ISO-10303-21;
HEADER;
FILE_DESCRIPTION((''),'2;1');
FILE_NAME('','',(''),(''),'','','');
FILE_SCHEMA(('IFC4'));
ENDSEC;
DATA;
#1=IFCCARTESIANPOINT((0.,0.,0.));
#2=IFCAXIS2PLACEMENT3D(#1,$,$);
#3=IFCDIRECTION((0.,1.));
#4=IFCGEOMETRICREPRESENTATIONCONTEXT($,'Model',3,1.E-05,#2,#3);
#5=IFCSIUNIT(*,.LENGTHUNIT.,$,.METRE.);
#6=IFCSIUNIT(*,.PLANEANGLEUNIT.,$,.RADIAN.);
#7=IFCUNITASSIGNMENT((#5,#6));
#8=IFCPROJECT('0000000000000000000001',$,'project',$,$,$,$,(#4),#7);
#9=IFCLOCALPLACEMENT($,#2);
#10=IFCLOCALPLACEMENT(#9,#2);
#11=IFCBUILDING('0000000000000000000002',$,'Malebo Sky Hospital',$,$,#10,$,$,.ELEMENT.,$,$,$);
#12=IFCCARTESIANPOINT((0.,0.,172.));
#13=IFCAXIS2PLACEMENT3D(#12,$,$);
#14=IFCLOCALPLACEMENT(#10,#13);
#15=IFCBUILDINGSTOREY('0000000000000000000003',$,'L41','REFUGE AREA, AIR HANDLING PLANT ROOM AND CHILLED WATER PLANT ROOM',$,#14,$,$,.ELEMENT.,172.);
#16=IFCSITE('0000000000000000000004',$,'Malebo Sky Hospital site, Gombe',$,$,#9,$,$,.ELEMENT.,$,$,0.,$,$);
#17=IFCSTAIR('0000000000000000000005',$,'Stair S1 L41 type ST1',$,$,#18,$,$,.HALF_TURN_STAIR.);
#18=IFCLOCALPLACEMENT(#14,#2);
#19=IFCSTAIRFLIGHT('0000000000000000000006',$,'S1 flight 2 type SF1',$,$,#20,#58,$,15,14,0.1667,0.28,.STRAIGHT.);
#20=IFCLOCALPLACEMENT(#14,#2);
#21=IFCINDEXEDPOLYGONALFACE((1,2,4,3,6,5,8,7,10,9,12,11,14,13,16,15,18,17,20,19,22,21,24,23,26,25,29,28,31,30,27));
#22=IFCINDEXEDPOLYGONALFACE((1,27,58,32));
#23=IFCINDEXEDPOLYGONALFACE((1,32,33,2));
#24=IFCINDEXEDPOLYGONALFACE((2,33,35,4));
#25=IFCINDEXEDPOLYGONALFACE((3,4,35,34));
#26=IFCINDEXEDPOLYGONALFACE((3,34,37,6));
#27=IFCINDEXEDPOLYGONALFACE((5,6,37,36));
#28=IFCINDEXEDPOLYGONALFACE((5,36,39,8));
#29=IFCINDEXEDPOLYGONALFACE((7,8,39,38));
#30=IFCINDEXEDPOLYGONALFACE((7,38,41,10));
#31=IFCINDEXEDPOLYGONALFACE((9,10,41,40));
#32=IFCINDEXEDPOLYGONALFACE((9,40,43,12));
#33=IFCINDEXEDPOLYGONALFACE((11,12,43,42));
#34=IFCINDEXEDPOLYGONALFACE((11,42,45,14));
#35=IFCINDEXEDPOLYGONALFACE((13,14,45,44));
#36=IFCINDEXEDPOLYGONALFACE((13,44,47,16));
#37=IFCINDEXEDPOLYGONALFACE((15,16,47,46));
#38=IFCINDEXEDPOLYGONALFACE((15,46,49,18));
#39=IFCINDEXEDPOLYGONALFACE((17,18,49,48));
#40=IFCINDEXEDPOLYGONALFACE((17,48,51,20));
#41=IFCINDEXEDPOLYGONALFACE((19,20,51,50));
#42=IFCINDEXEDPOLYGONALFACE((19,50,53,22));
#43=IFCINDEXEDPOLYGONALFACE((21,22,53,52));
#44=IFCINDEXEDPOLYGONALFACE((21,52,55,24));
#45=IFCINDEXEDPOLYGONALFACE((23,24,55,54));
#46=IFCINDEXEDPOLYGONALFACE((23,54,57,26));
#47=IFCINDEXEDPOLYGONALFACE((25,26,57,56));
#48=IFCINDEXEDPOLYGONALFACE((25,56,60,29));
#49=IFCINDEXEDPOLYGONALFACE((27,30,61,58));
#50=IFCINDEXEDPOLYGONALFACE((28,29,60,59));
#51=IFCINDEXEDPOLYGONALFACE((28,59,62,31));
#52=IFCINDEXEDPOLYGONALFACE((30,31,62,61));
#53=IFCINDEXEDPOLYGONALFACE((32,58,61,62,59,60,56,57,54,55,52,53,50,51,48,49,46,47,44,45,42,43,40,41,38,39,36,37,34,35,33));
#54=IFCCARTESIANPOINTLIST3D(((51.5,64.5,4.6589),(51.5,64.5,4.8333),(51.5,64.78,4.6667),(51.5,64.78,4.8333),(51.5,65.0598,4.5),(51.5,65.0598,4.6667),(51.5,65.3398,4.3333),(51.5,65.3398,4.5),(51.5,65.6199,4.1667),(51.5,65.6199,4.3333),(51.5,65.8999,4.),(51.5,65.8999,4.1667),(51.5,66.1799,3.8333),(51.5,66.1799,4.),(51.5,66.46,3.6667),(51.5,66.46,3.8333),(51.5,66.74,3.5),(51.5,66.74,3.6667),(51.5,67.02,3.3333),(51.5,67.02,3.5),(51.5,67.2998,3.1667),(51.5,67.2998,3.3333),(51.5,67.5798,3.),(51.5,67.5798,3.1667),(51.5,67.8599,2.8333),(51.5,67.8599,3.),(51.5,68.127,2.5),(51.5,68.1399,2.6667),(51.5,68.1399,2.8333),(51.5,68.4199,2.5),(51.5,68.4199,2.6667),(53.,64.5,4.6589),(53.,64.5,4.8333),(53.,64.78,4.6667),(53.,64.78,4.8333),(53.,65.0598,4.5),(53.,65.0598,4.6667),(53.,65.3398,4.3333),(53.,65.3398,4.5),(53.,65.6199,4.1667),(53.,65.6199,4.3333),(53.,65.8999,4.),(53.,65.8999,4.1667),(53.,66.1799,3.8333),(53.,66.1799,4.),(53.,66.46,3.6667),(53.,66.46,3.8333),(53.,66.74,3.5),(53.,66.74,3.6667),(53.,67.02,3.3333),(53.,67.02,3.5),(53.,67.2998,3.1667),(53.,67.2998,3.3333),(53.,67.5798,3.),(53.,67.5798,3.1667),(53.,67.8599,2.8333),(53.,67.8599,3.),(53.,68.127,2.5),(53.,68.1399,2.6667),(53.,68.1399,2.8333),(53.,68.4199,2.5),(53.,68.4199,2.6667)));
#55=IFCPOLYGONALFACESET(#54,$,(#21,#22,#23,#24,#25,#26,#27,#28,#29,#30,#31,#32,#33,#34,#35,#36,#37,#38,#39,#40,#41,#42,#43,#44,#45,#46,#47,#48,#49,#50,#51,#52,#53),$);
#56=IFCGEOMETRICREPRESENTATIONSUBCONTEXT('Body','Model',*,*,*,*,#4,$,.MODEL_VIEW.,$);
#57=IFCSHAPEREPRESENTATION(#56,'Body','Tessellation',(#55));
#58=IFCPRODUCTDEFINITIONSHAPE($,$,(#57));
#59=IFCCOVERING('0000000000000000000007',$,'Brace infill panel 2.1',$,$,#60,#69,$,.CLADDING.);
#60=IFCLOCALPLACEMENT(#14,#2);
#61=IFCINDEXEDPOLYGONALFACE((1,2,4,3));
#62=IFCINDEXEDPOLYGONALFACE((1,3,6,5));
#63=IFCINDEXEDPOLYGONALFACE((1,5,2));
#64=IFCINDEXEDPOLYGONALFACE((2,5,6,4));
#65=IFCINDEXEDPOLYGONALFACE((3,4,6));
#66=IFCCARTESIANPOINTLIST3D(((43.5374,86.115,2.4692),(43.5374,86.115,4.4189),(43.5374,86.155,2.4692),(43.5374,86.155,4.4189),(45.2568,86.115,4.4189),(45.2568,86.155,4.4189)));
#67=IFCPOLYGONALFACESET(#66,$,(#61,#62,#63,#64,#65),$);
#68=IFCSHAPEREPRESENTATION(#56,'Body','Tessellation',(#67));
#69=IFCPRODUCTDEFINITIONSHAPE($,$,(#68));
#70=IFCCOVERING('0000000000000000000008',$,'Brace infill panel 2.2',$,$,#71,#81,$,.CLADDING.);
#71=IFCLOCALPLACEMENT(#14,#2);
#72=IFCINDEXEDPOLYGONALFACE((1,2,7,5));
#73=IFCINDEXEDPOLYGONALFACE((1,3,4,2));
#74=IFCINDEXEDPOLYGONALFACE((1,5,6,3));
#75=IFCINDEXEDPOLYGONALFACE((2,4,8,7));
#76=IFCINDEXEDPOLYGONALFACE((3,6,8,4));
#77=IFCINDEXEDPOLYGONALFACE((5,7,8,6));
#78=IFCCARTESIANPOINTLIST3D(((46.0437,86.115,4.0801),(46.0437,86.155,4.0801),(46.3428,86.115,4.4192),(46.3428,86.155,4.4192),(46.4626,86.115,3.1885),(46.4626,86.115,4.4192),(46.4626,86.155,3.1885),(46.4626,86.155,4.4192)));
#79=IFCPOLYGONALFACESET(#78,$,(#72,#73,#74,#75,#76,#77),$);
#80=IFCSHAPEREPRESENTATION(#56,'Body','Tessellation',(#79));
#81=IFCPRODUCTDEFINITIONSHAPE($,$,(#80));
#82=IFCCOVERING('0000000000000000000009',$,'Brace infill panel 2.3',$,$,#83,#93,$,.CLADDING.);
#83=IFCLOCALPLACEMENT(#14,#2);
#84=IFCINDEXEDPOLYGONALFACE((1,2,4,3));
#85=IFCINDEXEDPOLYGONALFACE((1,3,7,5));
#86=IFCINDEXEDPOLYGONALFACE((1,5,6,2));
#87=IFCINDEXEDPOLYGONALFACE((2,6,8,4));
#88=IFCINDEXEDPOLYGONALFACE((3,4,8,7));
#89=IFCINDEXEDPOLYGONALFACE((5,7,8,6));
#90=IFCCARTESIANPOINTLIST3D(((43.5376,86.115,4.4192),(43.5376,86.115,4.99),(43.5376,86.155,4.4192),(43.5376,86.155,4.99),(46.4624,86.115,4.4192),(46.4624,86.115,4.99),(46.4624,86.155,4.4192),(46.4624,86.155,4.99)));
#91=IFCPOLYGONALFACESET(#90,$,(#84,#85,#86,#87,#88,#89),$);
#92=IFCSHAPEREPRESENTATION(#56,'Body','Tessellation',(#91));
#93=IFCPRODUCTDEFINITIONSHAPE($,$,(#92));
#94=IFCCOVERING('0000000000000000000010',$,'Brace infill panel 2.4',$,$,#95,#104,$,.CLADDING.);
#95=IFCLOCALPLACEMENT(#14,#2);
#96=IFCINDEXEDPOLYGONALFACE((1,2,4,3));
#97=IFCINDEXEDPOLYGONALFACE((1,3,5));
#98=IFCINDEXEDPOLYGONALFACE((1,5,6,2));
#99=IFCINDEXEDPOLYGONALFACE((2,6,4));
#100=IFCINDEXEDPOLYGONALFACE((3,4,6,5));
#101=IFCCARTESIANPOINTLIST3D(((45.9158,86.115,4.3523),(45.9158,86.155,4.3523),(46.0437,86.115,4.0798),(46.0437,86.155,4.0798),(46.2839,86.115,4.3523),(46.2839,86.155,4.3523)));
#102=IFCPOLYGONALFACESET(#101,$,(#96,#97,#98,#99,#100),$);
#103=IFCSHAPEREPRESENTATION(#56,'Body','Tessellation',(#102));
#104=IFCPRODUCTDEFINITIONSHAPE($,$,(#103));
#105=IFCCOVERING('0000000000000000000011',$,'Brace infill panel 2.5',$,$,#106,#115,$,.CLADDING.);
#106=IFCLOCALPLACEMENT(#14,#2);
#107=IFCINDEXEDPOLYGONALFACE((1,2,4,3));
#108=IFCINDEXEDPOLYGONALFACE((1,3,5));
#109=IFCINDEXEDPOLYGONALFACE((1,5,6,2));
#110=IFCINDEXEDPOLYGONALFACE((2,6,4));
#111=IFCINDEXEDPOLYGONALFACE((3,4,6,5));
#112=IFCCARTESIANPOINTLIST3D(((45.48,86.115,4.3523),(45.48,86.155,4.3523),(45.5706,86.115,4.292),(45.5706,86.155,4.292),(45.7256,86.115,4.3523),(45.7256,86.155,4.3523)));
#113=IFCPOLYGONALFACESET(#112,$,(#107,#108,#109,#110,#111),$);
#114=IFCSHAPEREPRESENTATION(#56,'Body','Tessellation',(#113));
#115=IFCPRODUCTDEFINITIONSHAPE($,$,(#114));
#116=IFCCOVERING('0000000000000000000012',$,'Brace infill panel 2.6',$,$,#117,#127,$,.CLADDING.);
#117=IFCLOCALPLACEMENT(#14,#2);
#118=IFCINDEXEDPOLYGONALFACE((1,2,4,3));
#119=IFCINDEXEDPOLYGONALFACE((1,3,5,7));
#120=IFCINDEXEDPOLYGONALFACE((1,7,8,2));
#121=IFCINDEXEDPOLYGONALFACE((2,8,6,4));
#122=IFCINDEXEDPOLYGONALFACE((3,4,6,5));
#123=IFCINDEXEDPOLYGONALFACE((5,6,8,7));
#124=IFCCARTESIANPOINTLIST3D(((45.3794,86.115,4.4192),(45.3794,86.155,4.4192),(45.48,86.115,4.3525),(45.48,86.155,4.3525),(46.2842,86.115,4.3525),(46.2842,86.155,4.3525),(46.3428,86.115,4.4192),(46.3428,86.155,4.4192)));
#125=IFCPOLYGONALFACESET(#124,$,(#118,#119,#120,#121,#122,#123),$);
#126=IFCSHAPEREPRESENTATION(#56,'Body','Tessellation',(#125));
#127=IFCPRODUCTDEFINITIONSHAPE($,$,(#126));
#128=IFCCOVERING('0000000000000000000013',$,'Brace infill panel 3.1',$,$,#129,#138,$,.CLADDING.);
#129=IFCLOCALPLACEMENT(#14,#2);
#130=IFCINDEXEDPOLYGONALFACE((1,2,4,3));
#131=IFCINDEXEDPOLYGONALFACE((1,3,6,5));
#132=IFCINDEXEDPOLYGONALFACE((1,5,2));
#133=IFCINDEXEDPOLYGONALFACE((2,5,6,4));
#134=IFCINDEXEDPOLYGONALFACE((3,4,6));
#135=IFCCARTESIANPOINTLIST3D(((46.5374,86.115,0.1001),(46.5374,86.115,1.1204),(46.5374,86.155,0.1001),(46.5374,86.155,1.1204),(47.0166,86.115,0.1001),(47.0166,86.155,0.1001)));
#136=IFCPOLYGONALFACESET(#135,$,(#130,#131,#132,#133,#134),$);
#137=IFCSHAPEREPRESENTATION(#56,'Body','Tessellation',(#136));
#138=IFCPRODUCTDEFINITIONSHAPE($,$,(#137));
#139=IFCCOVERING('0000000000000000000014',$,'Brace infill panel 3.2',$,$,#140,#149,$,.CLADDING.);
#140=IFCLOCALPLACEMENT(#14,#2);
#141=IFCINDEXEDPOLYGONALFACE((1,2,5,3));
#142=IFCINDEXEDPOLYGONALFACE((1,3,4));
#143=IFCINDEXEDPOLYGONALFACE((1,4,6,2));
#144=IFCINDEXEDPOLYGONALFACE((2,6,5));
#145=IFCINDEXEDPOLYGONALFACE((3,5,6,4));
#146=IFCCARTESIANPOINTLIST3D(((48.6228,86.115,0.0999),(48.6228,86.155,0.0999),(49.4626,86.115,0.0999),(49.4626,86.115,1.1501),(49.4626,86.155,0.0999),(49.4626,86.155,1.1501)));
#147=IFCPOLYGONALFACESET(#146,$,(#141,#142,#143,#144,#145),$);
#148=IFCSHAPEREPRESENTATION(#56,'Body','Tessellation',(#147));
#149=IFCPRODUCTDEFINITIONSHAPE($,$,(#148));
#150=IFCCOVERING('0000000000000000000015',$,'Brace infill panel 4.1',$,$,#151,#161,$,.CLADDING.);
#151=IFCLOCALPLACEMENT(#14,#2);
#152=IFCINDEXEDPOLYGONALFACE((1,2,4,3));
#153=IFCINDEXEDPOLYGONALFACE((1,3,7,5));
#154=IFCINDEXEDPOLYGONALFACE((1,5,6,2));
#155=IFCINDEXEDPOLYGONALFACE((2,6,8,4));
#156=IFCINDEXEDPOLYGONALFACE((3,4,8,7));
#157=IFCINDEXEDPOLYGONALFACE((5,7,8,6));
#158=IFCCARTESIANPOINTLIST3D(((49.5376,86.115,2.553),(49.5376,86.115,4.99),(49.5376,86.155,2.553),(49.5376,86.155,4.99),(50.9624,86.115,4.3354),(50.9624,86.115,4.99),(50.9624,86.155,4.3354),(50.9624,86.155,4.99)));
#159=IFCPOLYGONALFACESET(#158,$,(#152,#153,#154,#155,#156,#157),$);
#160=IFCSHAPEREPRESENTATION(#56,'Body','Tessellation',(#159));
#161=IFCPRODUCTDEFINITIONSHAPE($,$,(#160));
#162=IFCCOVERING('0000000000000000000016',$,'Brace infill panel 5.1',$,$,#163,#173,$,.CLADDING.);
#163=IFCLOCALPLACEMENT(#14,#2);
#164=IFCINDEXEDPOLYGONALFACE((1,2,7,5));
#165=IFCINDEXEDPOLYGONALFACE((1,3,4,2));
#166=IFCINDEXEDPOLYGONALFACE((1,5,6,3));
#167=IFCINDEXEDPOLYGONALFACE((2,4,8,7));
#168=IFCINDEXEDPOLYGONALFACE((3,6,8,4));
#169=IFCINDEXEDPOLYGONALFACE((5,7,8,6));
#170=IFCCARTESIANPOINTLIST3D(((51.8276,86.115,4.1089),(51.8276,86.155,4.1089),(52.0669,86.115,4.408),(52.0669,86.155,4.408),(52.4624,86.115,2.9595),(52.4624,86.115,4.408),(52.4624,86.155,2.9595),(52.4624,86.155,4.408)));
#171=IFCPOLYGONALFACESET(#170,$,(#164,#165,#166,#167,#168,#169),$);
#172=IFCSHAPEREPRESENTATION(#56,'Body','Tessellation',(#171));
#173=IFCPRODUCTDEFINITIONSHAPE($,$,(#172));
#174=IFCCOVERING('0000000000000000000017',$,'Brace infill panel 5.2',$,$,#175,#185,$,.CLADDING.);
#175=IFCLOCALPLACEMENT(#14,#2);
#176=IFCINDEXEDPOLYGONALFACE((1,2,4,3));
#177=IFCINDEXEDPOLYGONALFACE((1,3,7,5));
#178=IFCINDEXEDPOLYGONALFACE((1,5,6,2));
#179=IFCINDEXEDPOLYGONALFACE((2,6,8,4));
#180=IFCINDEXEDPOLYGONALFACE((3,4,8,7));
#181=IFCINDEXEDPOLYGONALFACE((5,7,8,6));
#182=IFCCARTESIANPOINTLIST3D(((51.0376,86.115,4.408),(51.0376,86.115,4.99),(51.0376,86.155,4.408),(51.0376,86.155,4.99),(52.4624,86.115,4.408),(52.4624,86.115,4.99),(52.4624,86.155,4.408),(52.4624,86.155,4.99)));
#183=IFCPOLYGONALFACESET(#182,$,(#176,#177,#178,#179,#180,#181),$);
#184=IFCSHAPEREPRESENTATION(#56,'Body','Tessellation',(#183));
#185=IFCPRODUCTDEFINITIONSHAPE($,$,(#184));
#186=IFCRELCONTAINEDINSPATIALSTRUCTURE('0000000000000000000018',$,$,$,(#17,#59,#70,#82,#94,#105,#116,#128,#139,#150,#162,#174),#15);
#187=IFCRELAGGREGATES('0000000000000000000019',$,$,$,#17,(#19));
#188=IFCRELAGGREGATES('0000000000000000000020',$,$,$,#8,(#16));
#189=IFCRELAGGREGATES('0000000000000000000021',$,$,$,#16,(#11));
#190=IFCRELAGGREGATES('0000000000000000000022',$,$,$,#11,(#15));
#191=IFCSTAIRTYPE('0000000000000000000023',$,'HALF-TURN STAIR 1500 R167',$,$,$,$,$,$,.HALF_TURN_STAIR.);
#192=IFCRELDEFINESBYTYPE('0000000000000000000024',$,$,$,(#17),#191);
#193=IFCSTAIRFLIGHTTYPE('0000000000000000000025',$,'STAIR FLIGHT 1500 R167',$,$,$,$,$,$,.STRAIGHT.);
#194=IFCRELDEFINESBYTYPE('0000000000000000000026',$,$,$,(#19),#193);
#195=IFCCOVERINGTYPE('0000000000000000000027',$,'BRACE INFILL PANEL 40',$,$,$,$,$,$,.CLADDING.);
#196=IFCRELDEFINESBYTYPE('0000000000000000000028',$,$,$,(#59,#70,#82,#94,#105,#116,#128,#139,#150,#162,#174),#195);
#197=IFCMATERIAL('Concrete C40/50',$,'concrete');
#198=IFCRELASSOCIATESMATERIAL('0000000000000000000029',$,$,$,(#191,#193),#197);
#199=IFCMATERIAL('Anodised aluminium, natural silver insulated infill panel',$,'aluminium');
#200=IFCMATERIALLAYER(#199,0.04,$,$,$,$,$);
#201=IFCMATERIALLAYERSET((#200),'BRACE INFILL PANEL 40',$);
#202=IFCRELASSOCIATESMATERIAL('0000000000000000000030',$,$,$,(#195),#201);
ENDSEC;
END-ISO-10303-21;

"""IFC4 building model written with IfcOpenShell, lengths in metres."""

from ifc_helpers import new_model, si_unit, direction, frame, origin, place, context, subcontext, project, spatial, polyline, outline, extrude, material, layer, layer_set, type_object, element, aggregate, save


model = new_model("IFC4")

# Units and contexts
model_context = context("Model", 3, precision=1e-05, world=origin(), true_north=direction((0.0, 1.0)))
body_context = subcontext(model_context, "Body", "Model", "MODEL_VIEW")
ifc_project = project(units=[si_unit("LENGTHUNIT", "METRE"), si_unit("PLANEANGLEUNIT", "RADIAN")], contexts=[model_context])

# Site, building, storey
site_placement = place(None, origin())
site = spatial("IfcSite", under=ifc_project, at=site_placement, Name="Malebo Sky Hospital site, Gombe", CompositionType="ELEMENT", RefElevation=0.0)
building_placement = place(site_placement, origin())
building = spatial("IfcBuilding", under=site, at=building_placement, Name="Malebo Sky Hospital", CompositionType="ELEMENT")
storey_placement = place(building_placement, frame((0.0, 0.0, 172.0)))
storey = spatial("IfcBuildingStorey", under=building, at=storey_placement, Name="L41", Description="REFUGE AREA, AIR HANDLING PLANT ROOM AND CHILLED WATER PLANT ROOM", CompositionType="ELEMENT", Elevation=172.0)

# Stair, stair flight
ifc_material_1 = material(Name="Concrete C40/50", Category="concrete")
stair_type = type_object("IfcStairType", Name="HALF-TURN STAIR 1500 R167", PredefinedType="HALF_TURN_STAIR", material=ifc_material_1)
stair_placement = place(storey_placement, origin())
stair = element("IfcStair", 1, at=stair_placement, inside=storey, type_object=stair_type, Name="Stair S1 L41 type ST1", PredefinedType="HALF_TURN_STAIR")
stair_flight_type = type_object("IfcStairFlightType", Name="STAIR FLIGHT 1500 R167", PredefinedType="STRAIGHT", material=ifc_material_1)
stair_flight_placement = place(storey_placement, frame((52.25, 68.4199, 2.5), z_axis=(0.0, 0.0, 1.0), x_axis=(0.0, -1.0, 0.0)))
stair_flight = element("IfcStairFlight", 2, at=stair_flight_placement, type_object=stair_flight_type, Name="S1 flight 2 type SF1", NumberOfRisers=15, NumberOfTreads=14, PredefinedType="STRAIGHT", RiserHeight=0.1667, TreadLength=0.28, context=body_context, shape_type="SweptSolid", body=[
    extrude(outline(polyline([(0.0, 0.0), (0.0, 0.1667), (0.28, 0.1667), (0.28, 0.3333), (0.5601, 0.3333), (0.5601, 0.5), (0.8401, 0.5), (0.8401, 0.6667), (1.1201, 0.6667), (1.1201, 0.8333), (1.3999, 0.8333), (1.3999, 1.0), (1.6799, 1.0), (1.6799, 1.1667), (1.96, 1.1667), (1.96, 1.3333), (2.24, 1.3333), (2.24, 1.5), (2.52, 1.5), (2.52, 1.6667), (2.8, 1.6667), (2.8, 1.8333), (3.0801, 1.8333), (3.0801, 2.0), (3.3601, 2.0), (3.3601, 2.1667), (3.6399, 2.1667), (3.6399, 2.3333), (3.9199, 2.3333), (3.9199, 2.5), (3.9199, 2.1589), (0.293, 0.0), (0.0, 0.0)])), frame((0.0, 0.75, 0.0), z_axis=(0.0, -1.0, 0.0), x_axis=(1.0, 0.0, 0.0)), (0.0, 0.0, 1.0), 1.5),
])
aggregate(stair, [stair_flight])

# Coverings
ifc_material_2 = material(Name="Anodised aluminium, natural silver insulated infill panel", Category="aluminium")
ifc_layer_1 = layer(ifc_material_2, 0.04)
ifc_layer_set_1 = layer_set([ifc_layer_1], Name="BRACE INFILL PANEL 40")
covering_type = type_object("IfcCoveringType", Name="BRACE INFILL PANEL 40", PredefinedType="CLADDING", material=ifc_layer_set_1)
covering_1_placement = place(storey_placement, frame((44.3972, 86.135, 2.4692), z_axis=(0.0, 0.0, 1.0), x_axis=(1.0, 0.0, 0.0)))
element("IfcCovering", 3, at=covering_1_placement, inside=storey, type_object=covering_type, Name="Brace infill panel 2.1", PredefinedType="CLADDING", context=body_context, shape_type="SweptSolid", body=[
    extrude(outline(polyline([(-0.8599, 0.0), (0.8596, 1.9497), (-0.8599, 1.9497), (-0.8599, 0.0)])), frame((0.0, 0.02, 0.0), z_axis=(0.0, -1.0, 0.0), x_axis=(1.0, 0.0, 0.0)), (0.0, 0.0, 1.0), 0.04),
])
covering_2_placement = place(storey_placement, frame((46.2532, 86.135, 3.1885), z_axis=(0.0, 0.0, 1.0), x_axis=(1.0, 0.0, 0.0)))
element("IfcCovering", 4, at=covering_2_placement, inside=storey, type_object=covering_type, Name="Brace infill panel 2.2", PredefinedType="CLADDING", context=body_context, shape_type="SweptSolid", body=[
    extrude(outline(polyline([(0.2095, 0.0), (0.2095, 1.2307), (0.0896, 1.2307), (-0.2095, 0.8916), (0.2095, 0.0)])), frame((0.0, 0.02, 0.0), z_axis=(0.0, -1.0, 0.0), x_axis=(1.0, 0.0, 0.0)), (0.0, 0.0, 1.0), 0.04),
])
covering_3_placement = place(storey_placement, frame((45.0, 86.135, 4.4192), z_axis=(0.0, 0.0, 1.0), x_axis=(1.0, 0.0, 0.0)))
element("IfcCovering", 5, at=covering_3_placement, inside=storey, type_object=covering_type, Name="Brace infill panel 2.3", PredefinedType="CLADDING", context=body_context, shape_type="SweptSolid", body=[
    extrude(outline(polyline([(-1.4624, 0.0), (1.4624, 0.0), (1.4624, 0.5708), (-1.4624, 0.5708), (-1.4624, 0.0)])), frame((0.0, 0.02, 0.0), z_axis=(0.0, -1.0, 0.0), x_axis=(1.0, 0.0, 0.0)), (0.0, 0.0, 1.0), 0.04),
])
covering_4_placement = place(storey_placement, frame((46.0999, 86.135, 4.0798), z_axis=(0.0, 0.0, 1.0), x_axis=(1.0, 0.0, 0.0)))
element("IfcCovering", 6, at=covering_4_placement, inside=storey, type_object=covering_type, Name="Brace infill panel 2.4", PredefinedType="CLADDING", context=body_context, shape_type="SweptSolid", body=[
    extrude(outline(polyline([(-0.0562, 0.0), (0.1841, 0.2725), (-0.1841, 0.2725), (-0.0562, 0.0)])), frame((0.0, 0.02, 0.0), z_axis=(0.0, -1.0, 0.0), x_axis=(1.0, 0.0, 0.0)), (0.0, 0.0, 1.0), 0.04),
])
covering_5_placement = place(storey_placement, frame((45.6028, 86.135, 4.292), z_axis=(0.0, 0.0, 1.0), x_axis=(1.0, 0.0, 0.0)))
element("IfcCovering", 7, at=covering_5_placement, inside=storey, type_object=covering_type, Name="Brace infill panel 2.5", PredefinedType="CLADDING", context=body_context, shape_type="SweptSolid", body=[
    extrude(outline(polyline([(-0.0322, 0.0), (0.1228, 0.0603), (-0.1228, 0.0603), (-0.0322, 0.0)])), frame((0.0, 0.02, 0.0), z_axis=(0.0, -1.0, 0.0), x_axis=(1.0, 0.0, 0.0)), (0.0, 0.0, 1.0), 0.04),
])
covering_6_placement = place(storey_placement, frame((45.8611, 86.135, 4.3525), z_axis=(0.0, 0.0, 1.0), x_axis=(1.0, 0.0, 0.0)))
element("IfcCovering", 8, at=covering_6_placement, inside=storey, type_object=covering_type, Name="Brace infill panel 2.6", PredefinedType="CLADDING", context=body_context, shape_type="SweptSolid", body=[
    extrude(outline(polyline([(-0.3811, 0.0), (0.4231, 0.0), (0.4817, 0.0667), (-0.4817, 0.0667), (-0.3811, 0.0)])), frame((0.0, 0.02, 0.0), z_axis=(0.0, -1.0, 0.0), x_axis=(1.0, 0.0, 0.0)), (0.0, 0.0, 1.0), 0.04),
])
covering_7_placement = place(storey_placement, frame((46.7771, 86.135, 0.1001), z_axis=(0.0, 0.0, 1.0), x_axis=(1.0, 0.0, 0.0)))
element("IfcCovering", 9, at=covering_7_placement, inside=storey, type_object=covering_type, Name="Brace infill panel 3.1", PredefinedType="CLADDING", context=body_context, shape_type="SweptSolid", body=[
    extrude(outline(polyline([(-0.2397, 0.0), (0.2395, 0.0), (-0.2397, 1.0203), (-0.2397, 0.0)])), frame((0.0, 0.02, 0.0), z_axis=(0.0, -1.0, 0.0), x_axis=(1.0, 0.0, 0.0)), (0.0, 0.0, 1.0), 0.04),
])
covering_8_placement = place(storey_placement, frame((49.0427, 86.135, 0.0999), z_axis=(0.0, 0.0, 1.0), x_axis=(1.0, 0.0, 0.0)))
element("IfcCovering", 10, at=covering_8_placement, inside=storey, type_object=covering_type, Name="Brace infill panel 3.2", PredefinedType="CLADDING", context=body_context, shape_type="SweptSolid", body=[
    extrude(outline(polyline([(-0.4199, 0.0), (0.4199, 0.0), (0.4199, 1.0503), (-0.4199, 0.0)])), frame((0.0, 0.02, 0.0), z_axis=(0.0, -1.0, 0.0), x_axis=(1.0, 0.0, 0.0)), (0.0, 0.0, 1.0), 0.04),
])
covering_9_placement = place(storey_placement, frame((50.25, 86.135, 2.553), z_axis=(0.0, 0.0, 1.0), x_axis=(1.0, 0.0, 0.0)))
element("IfcCovering", 11, at=covering_9_placement, inside=storey, type_object=covering_type, Name="Brace infill panel 4.1", PredefinedType="CLADDING", context=body_context, shape_type="SweptSolid", body=[
    extrude(outline(polyline([(-0.7124, 0.0), (0.7124, 1.7825), (0.7124, 2.437), (-0.7124, 2.437), (-0.7124, 0.0)])), frame((0.0, 0.02, 0.0), z_axis=(0.0, -1.0, 0.0), x_axis=(1.0, 0.0, 0.0)), (0.0, 0.0, 1.0), 0.04),
])
covering_10_placement = place(storey_placement, frame((52.145, 86.135, 2.9595), z_axis=(0.0, 0.0, 1.0), x_axis=(1.0, 0.0, 0.0)))
element("IfcCovering", 12, at=covering_10_placement, inside=storey, type_object=covering_type, Name="Brace infill panel 5.1", PredefinedType="CLADDING", context=body_context, shape_type="SweptSolid", body=[
    extrude(outline(polyline([(0.3174, 0.0), (0.3174, 1.4485), (-0.0781, 1.4485), (-0.3174, 1.1494), (0.3174, 0.0)])), frame((0.0, 0.02, 0.0), z_axis=(0.0, -1.0, 0.0), x_axis=(1.0, 0.0, 0.0)), (0.0, 0.0, 1.0), 0.04),
])
covering_11_placement = place(storey_placement, frame((51.75, 86.135, 4.408), z_axis=(0.0, 0.0, 1.0), x_axis=(1.0, 0.0, 0.0)))
element("IfcCovering", 13, at=covering_11_placement, inside=storey, type_object=covering_type, Name="Brace infill panel 5.2", PredefinedType="CLADDING", context=body_context, shape_type="SweptSolid", body=[
    extrude(outline(polyline([(-0.7124, 0.0), (0.7124, 0.0), (0.7124, 0.582), (-0.7124, 0.582), (-0.7124, 0.0)])), frame((0.0, 0.02, 0.0), z_axis=(0.0, -1.0, 0.0), x_axis=(1.0, 0.0, 0.0)), (0.0, 0.0, 1.0), 0.04),
])

save(model, "model.ifc")
